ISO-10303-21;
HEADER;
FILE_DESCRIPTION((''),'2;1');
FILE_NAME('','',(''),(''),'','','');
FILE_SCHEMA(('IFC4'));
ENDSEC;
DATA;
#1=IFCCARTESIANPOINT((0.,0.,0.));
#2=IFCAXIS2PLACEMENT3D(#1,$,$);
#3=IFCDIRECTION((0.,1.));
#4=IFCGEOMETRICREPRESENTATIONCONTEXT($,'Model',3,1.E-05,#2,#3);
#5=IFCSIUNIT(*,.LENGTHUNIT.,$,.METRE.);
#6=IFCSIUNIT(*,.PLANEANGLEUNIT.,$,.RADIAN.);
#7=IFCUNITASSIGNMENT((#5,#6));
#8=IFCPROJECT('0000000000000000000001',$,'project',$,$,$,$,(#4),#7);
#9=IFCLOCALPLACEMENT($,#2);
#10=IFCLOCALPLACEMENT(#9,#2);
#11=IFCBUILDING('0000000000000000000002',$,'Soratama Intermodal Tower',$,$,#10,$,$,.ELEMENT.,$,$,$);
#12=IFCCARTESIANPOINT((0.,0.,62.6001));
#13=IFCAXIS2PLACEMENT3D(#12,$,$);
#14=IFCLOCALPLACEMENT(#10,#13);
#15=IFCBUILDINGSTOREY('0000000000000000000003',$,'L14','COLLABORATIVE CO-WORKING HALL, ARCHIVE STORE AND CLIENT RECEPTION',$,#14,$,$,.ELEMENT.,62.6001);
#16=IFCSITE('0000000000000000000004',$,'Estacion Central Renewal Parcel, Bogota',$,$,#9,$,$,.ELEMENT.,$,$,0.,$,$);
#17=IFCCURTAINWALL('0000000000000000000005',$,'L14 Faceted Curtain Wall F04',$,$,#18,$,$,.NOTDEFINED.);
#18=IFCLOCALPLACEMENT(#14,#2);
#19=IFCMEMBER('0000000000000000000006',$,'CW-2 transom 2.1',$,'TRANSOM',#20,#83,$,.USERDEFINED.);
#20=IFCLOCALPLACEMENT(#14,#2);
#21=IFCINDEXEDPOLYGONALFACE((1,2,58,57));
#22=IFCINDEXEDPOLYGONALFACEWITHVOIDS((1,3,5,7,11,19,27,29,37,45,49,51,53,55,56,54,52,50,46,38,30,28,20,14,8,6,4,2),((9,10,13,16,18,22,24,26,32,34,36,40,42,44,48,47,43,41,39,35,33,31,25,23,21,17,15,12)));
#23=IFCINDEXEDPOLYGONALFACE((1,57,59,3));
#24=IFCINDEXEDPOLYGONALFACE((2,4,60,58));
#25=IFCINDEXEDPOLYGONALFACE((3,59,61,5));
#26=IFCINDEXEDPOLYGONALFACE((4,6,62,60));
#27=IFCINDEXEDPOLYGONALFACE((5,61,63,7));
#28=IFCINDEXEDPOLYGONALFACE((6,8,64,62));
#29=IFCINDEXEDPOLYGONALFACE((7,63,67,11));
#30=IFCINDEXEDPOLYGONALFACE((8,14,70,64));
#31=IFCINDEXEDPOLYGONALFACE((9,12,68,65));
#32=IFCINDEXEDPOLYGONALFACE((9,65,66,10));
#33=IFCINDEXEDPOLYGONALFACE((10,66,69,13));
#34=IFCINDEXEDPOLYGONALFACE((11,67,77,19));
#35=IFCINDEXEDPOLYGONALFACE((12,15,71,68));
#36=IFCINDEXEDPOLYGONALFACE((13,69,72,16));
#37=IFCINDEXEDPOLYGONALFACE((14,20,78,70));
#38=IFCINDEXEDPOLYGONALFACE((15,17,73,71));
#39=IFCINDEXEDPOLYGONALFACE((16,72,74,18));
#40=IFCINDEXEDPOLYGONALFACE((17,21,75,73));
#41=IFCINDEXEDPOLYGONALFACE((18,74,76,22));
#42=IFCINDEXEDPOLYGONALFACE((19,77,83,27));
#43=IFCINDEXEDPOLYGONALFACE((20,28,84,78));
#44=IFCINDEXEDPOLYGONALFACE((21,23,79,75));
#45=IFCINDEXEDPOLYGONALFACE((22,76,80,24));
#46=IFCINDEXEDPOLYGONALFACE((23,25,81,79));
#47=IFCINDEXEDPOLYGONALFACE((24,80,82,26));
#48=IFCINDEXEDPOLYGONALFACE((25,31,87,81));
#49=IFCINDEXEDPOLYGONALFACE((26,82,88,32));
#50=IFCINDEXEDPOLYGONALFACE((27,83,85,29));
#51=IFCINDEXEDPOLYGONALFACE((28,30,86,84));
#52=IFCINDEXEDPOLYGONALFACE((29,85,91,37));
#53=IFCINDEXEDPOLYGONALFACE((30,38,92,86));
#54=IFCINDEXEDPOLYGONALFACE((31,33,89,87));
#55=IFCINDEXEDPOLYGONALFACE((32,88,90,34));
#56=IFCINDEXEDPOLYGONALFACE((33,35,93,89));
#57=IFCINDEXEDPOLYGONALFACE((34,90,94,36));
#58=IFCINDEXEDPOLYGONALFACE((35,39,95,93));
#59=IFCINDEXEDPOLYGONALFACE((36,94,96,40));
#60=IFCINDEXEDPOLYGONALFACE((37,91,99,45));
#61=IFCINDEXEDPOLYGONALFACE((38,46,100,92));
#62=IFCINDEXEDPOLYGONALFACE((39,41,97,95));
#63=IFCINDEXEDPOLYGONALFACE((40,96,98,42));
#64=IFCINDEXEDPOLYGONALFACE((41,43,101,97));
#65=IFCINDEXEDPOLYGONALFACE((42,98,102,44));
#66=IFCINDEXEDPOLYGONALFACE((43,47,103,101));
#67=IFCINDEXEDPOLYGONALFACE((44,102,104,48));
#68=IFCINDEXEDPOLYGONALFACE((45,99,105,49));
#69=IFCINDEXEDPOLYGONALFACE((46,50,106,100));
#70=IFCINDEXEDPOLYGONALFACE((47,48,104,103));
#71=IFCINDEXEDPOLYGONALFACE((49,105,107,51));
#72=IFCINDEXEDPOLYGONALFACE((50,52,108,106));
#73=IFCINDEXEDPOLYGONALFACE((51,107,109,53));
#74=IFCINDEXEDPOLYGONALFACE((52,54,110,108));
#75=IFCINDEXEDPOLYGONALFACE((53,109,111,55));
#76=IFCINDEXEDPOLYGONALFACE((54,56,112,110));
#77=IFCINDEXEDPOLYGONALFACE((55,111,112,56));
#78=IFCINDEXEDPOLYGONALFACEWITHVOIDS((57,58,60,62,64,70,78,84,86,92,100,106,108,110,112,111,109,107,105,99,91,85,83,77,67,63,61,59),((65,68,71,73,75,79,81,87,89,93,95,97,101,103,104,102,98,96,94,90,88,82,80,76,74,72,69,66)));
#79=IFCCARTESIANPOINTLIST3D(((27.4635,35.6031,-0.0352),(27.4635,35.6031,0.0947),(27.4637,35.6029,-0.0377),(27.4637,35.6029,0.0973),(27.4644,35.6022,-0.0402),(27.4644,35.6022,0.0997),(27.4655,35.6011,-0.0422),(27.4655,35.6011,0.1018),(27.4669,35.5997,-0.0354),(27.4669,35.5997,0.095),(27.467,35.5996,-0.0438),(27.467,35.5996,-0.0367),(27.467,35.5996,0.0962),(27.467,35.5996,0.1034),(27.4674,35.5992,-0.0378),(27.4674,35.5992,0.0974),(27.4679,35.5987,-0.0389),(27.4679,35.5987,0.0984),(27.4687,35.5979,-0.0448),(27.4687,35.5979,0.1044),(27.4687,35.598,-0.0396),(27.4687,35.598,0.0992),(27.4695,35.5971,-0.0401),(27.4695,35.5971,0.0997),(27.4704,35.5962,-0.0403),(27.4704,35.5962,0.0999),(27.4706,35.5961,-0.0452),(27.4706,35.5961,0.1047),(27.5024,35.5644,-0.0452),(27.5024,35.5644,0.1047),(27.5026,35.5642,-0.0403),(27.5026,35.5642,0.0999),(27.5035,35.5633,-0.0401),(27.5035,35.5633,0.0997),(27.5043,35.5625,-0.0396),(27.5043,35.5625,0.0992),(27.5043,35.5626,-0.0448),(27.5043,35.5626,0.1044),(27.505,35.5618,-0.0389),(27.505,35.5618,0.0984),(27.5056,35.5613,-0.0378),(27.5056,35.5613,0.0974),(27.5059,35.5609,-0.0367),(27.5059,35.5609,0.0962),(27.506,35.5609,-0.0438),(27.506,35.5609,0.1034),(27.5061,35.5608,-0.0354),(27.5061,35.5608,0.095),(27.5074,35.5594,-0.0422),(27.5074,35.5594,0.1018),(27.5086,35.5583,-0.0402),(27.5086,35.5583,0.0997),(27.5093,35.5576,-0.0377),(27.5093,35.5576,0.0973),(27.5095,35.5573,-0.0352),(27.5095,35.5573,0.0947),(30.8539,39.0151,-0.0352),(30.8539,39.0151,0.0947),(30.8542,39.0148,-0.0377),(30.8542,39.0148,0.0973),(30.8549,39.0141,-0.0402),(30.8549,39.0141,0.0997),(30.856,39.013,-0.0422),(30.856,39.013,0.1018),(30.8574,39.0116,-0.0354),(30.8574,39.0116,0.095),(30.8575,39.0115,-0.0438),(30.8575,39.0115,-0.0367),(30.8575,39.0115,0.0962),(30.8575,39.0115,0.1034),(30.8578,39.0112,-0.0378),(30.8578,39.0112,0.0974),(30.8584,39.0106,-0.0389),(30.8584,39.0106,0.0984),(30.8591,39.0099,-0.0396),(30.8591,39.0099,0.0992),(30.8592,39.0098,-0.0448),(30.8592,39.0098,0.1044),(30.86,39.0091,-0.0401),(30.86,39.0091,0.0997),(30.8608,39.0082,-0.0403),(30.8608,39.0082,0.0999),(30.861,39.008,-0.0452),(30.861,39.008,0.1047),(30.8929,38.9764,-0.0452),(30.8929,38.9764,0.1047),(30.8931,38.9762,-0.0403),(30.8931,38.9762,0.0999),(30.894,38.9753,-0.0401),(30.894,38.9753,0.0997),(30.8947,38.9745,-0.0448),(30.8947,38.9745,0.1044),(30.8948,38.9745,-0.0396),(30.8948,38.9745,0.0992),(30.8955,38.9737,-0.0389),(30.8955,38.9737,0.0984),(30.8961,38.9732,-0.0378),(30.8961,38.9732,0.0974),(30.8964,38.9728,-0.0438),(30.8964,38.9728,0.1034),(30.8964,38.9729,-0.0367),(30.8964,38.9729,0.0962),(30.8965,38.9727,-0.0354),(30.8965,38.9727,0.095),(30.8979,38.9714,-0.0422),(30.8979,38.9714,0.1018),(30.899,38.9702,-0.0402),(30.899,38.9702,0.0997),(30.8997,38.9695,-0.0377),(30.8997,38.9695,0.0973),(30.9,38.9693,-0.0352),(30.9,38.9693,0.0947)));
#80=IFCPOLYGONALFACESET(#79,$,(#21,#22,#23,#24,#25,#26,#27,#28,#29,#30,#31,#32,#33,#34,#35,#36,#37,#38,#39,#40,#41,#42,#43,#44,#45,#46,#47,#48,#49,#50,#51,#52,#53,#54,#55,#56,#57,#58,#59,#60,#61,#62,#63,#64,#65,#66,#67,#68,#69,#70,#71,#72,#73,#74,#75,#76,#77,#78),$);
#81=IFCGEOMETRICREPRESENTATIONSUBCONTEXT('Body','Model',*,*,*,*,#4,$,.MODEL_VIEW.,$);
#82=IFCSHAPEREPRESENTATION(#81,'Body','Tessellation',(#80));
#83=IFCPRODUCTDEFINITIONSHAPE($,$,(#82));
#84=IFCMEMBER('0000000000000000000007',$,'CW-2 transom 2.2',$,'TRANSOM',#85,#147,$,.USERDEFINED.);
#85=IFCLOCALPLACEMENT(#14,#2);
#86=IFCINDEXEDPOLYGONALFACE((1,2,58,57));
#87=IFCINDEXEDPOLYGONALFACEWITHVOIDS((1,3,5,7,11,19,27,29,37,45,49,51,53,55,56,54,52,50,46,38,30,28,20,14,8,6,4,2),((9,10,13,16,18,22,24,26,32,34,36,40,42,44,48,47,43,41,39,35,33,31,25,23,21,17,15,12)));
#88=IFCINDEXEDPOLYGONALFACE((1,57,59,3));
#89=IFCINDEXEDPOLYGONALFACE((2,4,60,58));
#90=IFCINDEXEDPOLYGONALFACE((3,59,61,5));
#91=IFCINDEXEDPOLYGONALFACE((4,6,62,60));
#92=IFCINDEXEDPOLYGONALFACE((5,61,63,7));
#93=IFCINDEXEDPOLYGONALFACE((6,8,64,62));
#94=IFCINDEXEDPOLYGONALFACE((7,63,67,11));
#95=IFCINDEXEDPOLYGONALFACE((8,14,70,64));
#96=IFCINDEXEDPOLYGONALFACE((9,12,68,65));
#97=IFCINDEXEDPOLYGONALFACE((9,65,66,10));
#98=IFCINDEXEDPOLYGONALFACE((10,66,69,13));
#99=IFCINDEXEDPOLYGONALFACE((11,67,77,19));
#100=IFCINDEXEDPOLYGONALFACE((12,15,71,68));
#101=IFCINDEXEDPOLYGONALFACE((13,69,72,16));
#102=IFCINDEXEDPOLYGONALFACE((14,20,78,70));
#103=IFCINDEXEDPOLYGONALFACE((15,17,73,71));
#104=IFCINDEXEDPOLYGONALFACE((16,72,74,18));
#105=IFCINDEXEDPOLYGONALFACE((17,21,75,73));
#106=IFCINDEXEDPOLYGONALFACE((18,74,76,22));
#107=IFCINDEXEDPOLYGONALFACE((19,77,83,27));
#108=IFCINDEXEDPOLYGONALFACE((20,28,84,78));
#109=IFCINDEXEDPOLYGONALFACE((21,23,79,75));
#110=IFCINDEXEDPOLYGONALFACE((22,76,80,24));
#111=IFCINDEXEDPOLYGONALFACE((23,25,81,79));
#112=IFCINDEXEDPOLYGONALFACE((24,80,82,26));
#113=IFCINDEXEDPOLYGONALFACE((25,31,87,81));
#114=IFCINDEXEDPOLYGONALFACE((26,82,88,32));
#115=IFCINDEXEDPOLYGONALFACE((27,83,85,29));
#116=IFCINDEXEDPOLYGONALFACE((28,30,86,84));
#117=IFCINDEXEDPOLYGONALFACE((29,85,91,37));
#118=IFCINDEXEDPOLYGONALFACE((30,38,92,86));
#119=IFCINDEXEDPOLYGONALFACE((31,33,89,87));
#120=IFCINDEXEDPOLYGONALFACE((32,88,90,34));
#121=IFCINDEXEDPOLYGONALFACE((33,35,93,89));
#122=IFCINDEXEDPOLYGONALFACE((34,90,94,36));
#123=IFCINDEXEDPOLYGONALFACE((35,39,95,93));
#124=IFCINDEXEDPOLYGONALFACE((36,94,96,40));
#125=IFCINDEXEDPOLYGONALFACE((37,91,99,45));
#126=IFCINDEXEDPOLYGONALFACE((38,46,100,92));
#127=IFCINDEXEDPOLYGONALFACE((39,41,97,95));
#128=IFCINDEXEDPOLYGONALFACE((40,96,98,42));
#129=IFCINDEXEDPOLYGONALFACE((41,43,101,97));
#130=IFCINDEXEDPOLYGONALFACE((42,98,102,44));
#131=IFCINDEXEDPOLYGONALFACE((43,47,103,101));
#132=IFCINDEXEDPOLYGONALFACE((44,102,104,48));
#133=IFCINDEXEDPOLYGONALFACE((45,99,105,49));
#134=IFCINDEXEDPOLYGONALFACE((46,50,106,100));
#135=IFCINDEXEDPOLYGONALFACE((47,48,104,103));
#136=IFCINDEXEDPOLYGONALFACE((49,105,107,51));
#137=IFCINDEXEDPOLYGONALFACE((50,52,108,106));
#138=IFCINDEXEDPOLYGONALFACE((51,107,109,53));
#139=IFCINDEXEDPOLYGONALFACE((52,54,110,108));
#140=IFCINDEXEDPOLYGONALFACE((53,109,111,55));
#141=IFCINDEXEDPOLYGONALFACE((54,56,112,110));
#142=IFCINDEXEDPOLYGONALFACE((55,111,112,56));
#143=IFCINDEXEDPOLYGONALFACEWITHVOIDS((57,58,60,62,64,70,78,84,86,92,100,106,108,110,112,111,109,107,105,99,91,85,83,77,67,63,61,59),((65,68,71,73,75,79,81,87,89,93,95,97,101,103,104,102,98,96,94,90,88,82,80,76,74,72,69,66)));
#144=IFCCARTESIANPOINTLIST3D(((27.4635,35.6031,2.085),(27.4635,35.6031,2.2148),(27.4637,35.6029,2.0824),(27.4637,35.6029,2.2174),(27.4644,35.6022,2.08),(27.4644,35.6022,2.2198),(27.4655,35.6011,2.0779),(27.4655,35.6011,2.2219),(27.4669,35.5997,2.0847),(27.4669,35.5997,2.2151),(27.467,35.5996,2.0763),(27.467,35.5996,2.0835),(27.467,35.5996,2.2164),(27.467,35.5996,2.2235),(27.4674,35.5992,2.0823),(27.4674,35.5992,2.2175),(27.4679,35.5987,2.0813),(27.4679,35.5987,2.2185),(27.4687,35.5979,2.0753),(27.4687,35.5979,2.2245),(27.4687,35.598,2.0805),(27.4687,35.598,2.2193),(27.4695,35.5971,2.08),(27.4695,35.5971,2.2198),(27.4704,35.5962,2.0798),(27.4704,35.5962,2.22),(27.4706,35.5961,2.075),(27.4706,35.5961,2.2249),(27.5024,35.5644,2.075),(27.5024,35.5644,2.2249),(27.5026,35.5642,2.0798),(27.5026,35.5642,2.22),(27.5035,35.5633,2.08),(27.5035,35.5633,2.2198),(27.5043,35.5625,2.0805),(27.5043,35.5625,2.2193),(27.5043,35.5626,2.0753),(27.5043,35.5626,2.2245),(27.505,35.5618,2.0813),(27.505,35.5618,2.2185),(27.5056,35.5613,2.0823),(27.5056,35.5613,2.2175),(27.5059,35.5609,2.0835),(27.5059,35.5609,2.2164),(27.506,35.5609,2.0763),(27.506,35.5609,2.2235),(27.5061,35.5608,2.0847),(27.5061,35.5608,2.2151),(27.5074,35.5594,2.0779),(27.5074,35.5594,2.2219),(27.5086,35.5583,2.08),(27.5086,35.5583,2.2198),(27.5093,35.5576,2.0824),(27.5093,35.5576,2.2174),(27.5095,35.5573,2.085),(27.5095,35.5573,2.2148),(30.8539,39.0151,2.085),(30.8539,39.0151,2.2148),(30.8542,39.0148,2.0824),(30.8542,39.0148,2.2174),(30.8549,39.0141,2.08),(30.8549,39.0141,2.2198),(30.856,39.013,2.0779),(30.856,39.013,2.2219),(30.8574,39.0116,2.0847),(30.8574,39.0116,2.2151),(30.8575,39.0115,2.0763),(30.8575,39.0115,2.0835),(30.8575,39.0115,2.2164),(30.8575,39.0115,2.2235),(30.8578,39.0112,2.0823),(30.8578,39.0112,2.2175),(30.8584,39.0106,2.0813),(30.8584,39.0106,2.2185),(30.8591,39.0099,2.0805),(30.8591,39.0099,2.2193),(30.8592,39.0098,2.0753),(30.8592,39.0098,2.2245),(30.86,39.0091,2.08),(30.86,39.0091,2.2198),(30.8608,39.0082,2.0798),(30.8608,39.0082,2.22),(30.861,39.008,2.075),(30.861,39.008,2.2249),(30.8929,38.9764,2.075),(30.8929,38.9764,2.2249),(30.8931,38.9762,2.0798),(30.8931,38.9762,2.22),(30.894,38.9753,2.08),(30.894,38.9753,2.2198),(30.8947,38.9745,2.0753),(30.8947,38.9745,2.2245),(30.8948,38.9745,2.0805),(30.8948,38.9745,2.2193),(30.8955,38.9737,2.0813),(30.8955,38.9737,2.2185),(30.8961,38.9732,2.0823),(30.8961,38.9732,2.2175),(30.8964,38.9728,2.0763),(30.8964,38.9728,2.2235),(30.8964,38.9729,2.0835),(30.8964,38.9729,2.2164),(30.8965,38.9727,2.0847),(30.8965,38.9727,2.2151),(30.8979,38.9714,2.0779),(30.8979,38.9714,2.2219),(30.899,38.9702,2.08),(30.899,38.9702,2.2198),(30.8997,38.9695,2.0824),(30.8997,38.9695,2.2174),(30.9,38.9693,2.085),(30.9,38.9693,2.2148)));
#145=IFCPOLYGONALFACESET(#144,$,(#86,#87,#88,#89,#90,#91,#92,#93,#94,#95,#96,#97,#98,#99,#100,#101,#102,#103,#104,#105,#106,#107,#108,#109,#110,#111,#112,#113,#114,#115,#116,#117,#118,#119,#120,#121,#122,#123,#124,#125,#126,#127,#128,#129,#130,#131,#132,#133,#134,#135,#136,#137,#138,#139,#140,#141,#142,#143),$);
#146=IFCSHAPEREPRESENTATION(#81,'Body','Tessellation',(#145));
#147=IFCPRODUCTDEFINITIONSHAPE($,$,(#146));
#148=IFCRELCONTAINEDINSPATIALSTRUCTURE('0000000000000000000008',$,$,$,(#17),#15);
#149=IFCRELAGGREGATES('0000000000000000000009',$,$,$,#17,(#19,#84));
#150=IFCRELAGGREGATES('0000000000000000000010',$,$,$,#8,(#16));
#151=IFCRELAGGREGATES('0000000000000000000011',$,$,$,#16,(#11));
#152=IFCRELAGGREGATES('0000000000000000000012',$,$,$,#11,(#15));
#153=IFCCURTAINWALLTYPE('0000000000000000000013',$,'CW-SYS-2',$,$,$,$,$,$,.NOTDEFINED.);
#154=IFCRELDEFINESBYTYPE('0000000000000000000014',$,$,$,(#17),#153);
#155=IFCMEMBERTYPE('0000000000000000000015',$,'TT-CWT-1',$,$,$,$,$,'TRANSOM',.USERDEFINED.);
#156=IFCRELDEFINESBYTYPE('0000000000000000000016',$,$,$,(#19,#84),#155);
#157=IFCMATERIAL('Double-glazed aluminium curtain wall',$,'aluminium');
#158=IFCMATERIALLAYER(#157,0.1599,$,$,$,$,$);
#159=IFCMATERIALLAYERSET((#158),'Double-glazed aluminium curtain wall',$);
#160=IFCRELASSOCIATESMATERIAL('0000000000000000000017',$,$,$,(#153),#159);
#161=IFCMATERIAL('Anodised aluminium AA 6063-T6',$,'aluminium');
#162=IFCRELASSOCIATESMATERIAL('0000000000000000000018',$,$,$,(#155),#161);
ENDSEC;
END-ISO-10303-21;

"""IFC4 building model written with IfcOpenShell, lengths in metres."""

from ifc_helpers import new_model, si_unit, direction, frame, origin, origin_2d, place, context, subcontext, project, spatial, hollow_rectangle, extrude, material, layer, layer_set, material_profile, profile_set, type_object, element, aggregate, save


model = new_model("IFC4")

# Units and contexts
model_context = context("Model", 3, precision=1e-05, world=origin(), true_north=direction((0.0, 1.0)))
body_context = subcontext(model_context, "Body", "Model", "MODEL_VIEW")
ifc_project = project(units=[si_unit("LENGTHUNIT", "METRE"), si_unit("PLANEANGLEUNIT", "RADIAN")], contexts=[model_context])

# Site, building, storey
site_placement = place(None, origin())
site = spatial("IfcSite", under=ifc_project, at=site_placement, Name="Estacion Central Renewal Parcel, Bogota", CompositionType="ELEMENT", RefElevation=0.0)
building_placement = place(site_placement, origin())
building = spatial("IfcBuilding", under=site, at=building_placement, Name="Soratama Intermodal Tower", CompositionType="ELEMENT")
storey_placement = place(building_placement, frame((0.0, 0.0, 62.6001)))
storey = spatial("IfcBuildingStorey", under=building, at=storey_placement, Name="L14", Description="COLLABORATIVE CO-WORKING HALL, ARCHIVE STORE AND CLIENT RECEPTION", CompositionType="ELEMENT", Elevation=62.6001)

# Curtain wall, members
ifc_material_1 = material(Name="Double-glazed aluminium curtain wall", Category="aluminium")
ifc_layer_1 = layer(ifc_material_1, 0.1599)
ifc_layer_set_1 = layer_set([ifc_layer_1], Name="Double-glazed aluminium curtain wall")
curtain_wall_type = type_object("IfcCurtainWallType", Name="CW-SYS-2", PredefinedType="NOTDEFINED", material=ifc_layer_set_1)
curtain_wall_placement = place(storey_placement, origin())
curtain_wall = element("IfcCurtainWall", 1, at=curtain_wall_placement, inside=storey, type_object=curtain_wall_type, Name="L14 Faceted Curtain Wall F04", PredefinedType="NOTDEFINED")
ifc_material_2 = material(Name="Anodised aluminium AA 6063-T6", Category="aluminium")
ifc_material_profile_1 = material_profile(ifc_material_2, hollow_rectangle(XDim=0.0649, YDim=0.1499, WallThickness=0.0049, InnerFilletRadius=0.0049, OuterFilletRadius=0.01, at=origin_2d()), Name="CWT150X65X5")
ifc_profile_set_1 = profile_set([ifc_material_profile_1], Name="Anodised aluminium AA 6063-T6")
member_type_1 = type_object("IfcMemberType", Name="TT-CWT-1", ElementType="TRANSOM", PredefinedType="USERDEFINED", material=ifc_profile_set_1)
member_1_placement = place(storey_placement, frame((30.877, 38.9922, 0.0298), z_axis=(-0.70487, -0.709337, 0.0), x_axis=(0.709337, -0.70487, 0.0)))
member_1 = element("IfcMember", 2, at=member_1_placement, type_object=member_type_1, Name="CW-2 transom 2.1", ObjectType="TRANSOM", PredefinedType="USERDEFINED", context=body_context, shape_type="SweptSolid", body=[
    extrude(hollow_rectangle(XDim=0.0649, YDim=0.1499, WallThickness=0.0049, InnerFilletRadius=0.0049, OuterFilletRadius=0.01, at=origin_2d()), origin(), (0.0, 0.0, 1.0), 4.8101),
])
member_2_placement = place(storey_placement, frame((30.877, 38.9922, 2.1499), z_axis=(-0.70487, -0.709337, 0.0), x_axis=(0.709337, -0.70487, 0.0)))
member_2 = element("IfcMember", 3, at=member_2_placement, type_object=member_type_1, Name="CW-2 transom 2.2", ObjectType="TRANSOM", PredefinedType="USERDEFINED", context=body_context, shape_type="SweptSolid", body=[
    extrude(hollow_rectangle(XDim=0.0649, YDim=0.1499, WallThickness=0.0049, InnerFilletRadius=0.0049, OuterFilletRadius=0.01, at=origin_2d()), origin(), (0.0, 0.0, 1.0), 4.8101),
])
aggregate(curtain_wall, [member_1, member_2])

save(model, "model.ifc")
